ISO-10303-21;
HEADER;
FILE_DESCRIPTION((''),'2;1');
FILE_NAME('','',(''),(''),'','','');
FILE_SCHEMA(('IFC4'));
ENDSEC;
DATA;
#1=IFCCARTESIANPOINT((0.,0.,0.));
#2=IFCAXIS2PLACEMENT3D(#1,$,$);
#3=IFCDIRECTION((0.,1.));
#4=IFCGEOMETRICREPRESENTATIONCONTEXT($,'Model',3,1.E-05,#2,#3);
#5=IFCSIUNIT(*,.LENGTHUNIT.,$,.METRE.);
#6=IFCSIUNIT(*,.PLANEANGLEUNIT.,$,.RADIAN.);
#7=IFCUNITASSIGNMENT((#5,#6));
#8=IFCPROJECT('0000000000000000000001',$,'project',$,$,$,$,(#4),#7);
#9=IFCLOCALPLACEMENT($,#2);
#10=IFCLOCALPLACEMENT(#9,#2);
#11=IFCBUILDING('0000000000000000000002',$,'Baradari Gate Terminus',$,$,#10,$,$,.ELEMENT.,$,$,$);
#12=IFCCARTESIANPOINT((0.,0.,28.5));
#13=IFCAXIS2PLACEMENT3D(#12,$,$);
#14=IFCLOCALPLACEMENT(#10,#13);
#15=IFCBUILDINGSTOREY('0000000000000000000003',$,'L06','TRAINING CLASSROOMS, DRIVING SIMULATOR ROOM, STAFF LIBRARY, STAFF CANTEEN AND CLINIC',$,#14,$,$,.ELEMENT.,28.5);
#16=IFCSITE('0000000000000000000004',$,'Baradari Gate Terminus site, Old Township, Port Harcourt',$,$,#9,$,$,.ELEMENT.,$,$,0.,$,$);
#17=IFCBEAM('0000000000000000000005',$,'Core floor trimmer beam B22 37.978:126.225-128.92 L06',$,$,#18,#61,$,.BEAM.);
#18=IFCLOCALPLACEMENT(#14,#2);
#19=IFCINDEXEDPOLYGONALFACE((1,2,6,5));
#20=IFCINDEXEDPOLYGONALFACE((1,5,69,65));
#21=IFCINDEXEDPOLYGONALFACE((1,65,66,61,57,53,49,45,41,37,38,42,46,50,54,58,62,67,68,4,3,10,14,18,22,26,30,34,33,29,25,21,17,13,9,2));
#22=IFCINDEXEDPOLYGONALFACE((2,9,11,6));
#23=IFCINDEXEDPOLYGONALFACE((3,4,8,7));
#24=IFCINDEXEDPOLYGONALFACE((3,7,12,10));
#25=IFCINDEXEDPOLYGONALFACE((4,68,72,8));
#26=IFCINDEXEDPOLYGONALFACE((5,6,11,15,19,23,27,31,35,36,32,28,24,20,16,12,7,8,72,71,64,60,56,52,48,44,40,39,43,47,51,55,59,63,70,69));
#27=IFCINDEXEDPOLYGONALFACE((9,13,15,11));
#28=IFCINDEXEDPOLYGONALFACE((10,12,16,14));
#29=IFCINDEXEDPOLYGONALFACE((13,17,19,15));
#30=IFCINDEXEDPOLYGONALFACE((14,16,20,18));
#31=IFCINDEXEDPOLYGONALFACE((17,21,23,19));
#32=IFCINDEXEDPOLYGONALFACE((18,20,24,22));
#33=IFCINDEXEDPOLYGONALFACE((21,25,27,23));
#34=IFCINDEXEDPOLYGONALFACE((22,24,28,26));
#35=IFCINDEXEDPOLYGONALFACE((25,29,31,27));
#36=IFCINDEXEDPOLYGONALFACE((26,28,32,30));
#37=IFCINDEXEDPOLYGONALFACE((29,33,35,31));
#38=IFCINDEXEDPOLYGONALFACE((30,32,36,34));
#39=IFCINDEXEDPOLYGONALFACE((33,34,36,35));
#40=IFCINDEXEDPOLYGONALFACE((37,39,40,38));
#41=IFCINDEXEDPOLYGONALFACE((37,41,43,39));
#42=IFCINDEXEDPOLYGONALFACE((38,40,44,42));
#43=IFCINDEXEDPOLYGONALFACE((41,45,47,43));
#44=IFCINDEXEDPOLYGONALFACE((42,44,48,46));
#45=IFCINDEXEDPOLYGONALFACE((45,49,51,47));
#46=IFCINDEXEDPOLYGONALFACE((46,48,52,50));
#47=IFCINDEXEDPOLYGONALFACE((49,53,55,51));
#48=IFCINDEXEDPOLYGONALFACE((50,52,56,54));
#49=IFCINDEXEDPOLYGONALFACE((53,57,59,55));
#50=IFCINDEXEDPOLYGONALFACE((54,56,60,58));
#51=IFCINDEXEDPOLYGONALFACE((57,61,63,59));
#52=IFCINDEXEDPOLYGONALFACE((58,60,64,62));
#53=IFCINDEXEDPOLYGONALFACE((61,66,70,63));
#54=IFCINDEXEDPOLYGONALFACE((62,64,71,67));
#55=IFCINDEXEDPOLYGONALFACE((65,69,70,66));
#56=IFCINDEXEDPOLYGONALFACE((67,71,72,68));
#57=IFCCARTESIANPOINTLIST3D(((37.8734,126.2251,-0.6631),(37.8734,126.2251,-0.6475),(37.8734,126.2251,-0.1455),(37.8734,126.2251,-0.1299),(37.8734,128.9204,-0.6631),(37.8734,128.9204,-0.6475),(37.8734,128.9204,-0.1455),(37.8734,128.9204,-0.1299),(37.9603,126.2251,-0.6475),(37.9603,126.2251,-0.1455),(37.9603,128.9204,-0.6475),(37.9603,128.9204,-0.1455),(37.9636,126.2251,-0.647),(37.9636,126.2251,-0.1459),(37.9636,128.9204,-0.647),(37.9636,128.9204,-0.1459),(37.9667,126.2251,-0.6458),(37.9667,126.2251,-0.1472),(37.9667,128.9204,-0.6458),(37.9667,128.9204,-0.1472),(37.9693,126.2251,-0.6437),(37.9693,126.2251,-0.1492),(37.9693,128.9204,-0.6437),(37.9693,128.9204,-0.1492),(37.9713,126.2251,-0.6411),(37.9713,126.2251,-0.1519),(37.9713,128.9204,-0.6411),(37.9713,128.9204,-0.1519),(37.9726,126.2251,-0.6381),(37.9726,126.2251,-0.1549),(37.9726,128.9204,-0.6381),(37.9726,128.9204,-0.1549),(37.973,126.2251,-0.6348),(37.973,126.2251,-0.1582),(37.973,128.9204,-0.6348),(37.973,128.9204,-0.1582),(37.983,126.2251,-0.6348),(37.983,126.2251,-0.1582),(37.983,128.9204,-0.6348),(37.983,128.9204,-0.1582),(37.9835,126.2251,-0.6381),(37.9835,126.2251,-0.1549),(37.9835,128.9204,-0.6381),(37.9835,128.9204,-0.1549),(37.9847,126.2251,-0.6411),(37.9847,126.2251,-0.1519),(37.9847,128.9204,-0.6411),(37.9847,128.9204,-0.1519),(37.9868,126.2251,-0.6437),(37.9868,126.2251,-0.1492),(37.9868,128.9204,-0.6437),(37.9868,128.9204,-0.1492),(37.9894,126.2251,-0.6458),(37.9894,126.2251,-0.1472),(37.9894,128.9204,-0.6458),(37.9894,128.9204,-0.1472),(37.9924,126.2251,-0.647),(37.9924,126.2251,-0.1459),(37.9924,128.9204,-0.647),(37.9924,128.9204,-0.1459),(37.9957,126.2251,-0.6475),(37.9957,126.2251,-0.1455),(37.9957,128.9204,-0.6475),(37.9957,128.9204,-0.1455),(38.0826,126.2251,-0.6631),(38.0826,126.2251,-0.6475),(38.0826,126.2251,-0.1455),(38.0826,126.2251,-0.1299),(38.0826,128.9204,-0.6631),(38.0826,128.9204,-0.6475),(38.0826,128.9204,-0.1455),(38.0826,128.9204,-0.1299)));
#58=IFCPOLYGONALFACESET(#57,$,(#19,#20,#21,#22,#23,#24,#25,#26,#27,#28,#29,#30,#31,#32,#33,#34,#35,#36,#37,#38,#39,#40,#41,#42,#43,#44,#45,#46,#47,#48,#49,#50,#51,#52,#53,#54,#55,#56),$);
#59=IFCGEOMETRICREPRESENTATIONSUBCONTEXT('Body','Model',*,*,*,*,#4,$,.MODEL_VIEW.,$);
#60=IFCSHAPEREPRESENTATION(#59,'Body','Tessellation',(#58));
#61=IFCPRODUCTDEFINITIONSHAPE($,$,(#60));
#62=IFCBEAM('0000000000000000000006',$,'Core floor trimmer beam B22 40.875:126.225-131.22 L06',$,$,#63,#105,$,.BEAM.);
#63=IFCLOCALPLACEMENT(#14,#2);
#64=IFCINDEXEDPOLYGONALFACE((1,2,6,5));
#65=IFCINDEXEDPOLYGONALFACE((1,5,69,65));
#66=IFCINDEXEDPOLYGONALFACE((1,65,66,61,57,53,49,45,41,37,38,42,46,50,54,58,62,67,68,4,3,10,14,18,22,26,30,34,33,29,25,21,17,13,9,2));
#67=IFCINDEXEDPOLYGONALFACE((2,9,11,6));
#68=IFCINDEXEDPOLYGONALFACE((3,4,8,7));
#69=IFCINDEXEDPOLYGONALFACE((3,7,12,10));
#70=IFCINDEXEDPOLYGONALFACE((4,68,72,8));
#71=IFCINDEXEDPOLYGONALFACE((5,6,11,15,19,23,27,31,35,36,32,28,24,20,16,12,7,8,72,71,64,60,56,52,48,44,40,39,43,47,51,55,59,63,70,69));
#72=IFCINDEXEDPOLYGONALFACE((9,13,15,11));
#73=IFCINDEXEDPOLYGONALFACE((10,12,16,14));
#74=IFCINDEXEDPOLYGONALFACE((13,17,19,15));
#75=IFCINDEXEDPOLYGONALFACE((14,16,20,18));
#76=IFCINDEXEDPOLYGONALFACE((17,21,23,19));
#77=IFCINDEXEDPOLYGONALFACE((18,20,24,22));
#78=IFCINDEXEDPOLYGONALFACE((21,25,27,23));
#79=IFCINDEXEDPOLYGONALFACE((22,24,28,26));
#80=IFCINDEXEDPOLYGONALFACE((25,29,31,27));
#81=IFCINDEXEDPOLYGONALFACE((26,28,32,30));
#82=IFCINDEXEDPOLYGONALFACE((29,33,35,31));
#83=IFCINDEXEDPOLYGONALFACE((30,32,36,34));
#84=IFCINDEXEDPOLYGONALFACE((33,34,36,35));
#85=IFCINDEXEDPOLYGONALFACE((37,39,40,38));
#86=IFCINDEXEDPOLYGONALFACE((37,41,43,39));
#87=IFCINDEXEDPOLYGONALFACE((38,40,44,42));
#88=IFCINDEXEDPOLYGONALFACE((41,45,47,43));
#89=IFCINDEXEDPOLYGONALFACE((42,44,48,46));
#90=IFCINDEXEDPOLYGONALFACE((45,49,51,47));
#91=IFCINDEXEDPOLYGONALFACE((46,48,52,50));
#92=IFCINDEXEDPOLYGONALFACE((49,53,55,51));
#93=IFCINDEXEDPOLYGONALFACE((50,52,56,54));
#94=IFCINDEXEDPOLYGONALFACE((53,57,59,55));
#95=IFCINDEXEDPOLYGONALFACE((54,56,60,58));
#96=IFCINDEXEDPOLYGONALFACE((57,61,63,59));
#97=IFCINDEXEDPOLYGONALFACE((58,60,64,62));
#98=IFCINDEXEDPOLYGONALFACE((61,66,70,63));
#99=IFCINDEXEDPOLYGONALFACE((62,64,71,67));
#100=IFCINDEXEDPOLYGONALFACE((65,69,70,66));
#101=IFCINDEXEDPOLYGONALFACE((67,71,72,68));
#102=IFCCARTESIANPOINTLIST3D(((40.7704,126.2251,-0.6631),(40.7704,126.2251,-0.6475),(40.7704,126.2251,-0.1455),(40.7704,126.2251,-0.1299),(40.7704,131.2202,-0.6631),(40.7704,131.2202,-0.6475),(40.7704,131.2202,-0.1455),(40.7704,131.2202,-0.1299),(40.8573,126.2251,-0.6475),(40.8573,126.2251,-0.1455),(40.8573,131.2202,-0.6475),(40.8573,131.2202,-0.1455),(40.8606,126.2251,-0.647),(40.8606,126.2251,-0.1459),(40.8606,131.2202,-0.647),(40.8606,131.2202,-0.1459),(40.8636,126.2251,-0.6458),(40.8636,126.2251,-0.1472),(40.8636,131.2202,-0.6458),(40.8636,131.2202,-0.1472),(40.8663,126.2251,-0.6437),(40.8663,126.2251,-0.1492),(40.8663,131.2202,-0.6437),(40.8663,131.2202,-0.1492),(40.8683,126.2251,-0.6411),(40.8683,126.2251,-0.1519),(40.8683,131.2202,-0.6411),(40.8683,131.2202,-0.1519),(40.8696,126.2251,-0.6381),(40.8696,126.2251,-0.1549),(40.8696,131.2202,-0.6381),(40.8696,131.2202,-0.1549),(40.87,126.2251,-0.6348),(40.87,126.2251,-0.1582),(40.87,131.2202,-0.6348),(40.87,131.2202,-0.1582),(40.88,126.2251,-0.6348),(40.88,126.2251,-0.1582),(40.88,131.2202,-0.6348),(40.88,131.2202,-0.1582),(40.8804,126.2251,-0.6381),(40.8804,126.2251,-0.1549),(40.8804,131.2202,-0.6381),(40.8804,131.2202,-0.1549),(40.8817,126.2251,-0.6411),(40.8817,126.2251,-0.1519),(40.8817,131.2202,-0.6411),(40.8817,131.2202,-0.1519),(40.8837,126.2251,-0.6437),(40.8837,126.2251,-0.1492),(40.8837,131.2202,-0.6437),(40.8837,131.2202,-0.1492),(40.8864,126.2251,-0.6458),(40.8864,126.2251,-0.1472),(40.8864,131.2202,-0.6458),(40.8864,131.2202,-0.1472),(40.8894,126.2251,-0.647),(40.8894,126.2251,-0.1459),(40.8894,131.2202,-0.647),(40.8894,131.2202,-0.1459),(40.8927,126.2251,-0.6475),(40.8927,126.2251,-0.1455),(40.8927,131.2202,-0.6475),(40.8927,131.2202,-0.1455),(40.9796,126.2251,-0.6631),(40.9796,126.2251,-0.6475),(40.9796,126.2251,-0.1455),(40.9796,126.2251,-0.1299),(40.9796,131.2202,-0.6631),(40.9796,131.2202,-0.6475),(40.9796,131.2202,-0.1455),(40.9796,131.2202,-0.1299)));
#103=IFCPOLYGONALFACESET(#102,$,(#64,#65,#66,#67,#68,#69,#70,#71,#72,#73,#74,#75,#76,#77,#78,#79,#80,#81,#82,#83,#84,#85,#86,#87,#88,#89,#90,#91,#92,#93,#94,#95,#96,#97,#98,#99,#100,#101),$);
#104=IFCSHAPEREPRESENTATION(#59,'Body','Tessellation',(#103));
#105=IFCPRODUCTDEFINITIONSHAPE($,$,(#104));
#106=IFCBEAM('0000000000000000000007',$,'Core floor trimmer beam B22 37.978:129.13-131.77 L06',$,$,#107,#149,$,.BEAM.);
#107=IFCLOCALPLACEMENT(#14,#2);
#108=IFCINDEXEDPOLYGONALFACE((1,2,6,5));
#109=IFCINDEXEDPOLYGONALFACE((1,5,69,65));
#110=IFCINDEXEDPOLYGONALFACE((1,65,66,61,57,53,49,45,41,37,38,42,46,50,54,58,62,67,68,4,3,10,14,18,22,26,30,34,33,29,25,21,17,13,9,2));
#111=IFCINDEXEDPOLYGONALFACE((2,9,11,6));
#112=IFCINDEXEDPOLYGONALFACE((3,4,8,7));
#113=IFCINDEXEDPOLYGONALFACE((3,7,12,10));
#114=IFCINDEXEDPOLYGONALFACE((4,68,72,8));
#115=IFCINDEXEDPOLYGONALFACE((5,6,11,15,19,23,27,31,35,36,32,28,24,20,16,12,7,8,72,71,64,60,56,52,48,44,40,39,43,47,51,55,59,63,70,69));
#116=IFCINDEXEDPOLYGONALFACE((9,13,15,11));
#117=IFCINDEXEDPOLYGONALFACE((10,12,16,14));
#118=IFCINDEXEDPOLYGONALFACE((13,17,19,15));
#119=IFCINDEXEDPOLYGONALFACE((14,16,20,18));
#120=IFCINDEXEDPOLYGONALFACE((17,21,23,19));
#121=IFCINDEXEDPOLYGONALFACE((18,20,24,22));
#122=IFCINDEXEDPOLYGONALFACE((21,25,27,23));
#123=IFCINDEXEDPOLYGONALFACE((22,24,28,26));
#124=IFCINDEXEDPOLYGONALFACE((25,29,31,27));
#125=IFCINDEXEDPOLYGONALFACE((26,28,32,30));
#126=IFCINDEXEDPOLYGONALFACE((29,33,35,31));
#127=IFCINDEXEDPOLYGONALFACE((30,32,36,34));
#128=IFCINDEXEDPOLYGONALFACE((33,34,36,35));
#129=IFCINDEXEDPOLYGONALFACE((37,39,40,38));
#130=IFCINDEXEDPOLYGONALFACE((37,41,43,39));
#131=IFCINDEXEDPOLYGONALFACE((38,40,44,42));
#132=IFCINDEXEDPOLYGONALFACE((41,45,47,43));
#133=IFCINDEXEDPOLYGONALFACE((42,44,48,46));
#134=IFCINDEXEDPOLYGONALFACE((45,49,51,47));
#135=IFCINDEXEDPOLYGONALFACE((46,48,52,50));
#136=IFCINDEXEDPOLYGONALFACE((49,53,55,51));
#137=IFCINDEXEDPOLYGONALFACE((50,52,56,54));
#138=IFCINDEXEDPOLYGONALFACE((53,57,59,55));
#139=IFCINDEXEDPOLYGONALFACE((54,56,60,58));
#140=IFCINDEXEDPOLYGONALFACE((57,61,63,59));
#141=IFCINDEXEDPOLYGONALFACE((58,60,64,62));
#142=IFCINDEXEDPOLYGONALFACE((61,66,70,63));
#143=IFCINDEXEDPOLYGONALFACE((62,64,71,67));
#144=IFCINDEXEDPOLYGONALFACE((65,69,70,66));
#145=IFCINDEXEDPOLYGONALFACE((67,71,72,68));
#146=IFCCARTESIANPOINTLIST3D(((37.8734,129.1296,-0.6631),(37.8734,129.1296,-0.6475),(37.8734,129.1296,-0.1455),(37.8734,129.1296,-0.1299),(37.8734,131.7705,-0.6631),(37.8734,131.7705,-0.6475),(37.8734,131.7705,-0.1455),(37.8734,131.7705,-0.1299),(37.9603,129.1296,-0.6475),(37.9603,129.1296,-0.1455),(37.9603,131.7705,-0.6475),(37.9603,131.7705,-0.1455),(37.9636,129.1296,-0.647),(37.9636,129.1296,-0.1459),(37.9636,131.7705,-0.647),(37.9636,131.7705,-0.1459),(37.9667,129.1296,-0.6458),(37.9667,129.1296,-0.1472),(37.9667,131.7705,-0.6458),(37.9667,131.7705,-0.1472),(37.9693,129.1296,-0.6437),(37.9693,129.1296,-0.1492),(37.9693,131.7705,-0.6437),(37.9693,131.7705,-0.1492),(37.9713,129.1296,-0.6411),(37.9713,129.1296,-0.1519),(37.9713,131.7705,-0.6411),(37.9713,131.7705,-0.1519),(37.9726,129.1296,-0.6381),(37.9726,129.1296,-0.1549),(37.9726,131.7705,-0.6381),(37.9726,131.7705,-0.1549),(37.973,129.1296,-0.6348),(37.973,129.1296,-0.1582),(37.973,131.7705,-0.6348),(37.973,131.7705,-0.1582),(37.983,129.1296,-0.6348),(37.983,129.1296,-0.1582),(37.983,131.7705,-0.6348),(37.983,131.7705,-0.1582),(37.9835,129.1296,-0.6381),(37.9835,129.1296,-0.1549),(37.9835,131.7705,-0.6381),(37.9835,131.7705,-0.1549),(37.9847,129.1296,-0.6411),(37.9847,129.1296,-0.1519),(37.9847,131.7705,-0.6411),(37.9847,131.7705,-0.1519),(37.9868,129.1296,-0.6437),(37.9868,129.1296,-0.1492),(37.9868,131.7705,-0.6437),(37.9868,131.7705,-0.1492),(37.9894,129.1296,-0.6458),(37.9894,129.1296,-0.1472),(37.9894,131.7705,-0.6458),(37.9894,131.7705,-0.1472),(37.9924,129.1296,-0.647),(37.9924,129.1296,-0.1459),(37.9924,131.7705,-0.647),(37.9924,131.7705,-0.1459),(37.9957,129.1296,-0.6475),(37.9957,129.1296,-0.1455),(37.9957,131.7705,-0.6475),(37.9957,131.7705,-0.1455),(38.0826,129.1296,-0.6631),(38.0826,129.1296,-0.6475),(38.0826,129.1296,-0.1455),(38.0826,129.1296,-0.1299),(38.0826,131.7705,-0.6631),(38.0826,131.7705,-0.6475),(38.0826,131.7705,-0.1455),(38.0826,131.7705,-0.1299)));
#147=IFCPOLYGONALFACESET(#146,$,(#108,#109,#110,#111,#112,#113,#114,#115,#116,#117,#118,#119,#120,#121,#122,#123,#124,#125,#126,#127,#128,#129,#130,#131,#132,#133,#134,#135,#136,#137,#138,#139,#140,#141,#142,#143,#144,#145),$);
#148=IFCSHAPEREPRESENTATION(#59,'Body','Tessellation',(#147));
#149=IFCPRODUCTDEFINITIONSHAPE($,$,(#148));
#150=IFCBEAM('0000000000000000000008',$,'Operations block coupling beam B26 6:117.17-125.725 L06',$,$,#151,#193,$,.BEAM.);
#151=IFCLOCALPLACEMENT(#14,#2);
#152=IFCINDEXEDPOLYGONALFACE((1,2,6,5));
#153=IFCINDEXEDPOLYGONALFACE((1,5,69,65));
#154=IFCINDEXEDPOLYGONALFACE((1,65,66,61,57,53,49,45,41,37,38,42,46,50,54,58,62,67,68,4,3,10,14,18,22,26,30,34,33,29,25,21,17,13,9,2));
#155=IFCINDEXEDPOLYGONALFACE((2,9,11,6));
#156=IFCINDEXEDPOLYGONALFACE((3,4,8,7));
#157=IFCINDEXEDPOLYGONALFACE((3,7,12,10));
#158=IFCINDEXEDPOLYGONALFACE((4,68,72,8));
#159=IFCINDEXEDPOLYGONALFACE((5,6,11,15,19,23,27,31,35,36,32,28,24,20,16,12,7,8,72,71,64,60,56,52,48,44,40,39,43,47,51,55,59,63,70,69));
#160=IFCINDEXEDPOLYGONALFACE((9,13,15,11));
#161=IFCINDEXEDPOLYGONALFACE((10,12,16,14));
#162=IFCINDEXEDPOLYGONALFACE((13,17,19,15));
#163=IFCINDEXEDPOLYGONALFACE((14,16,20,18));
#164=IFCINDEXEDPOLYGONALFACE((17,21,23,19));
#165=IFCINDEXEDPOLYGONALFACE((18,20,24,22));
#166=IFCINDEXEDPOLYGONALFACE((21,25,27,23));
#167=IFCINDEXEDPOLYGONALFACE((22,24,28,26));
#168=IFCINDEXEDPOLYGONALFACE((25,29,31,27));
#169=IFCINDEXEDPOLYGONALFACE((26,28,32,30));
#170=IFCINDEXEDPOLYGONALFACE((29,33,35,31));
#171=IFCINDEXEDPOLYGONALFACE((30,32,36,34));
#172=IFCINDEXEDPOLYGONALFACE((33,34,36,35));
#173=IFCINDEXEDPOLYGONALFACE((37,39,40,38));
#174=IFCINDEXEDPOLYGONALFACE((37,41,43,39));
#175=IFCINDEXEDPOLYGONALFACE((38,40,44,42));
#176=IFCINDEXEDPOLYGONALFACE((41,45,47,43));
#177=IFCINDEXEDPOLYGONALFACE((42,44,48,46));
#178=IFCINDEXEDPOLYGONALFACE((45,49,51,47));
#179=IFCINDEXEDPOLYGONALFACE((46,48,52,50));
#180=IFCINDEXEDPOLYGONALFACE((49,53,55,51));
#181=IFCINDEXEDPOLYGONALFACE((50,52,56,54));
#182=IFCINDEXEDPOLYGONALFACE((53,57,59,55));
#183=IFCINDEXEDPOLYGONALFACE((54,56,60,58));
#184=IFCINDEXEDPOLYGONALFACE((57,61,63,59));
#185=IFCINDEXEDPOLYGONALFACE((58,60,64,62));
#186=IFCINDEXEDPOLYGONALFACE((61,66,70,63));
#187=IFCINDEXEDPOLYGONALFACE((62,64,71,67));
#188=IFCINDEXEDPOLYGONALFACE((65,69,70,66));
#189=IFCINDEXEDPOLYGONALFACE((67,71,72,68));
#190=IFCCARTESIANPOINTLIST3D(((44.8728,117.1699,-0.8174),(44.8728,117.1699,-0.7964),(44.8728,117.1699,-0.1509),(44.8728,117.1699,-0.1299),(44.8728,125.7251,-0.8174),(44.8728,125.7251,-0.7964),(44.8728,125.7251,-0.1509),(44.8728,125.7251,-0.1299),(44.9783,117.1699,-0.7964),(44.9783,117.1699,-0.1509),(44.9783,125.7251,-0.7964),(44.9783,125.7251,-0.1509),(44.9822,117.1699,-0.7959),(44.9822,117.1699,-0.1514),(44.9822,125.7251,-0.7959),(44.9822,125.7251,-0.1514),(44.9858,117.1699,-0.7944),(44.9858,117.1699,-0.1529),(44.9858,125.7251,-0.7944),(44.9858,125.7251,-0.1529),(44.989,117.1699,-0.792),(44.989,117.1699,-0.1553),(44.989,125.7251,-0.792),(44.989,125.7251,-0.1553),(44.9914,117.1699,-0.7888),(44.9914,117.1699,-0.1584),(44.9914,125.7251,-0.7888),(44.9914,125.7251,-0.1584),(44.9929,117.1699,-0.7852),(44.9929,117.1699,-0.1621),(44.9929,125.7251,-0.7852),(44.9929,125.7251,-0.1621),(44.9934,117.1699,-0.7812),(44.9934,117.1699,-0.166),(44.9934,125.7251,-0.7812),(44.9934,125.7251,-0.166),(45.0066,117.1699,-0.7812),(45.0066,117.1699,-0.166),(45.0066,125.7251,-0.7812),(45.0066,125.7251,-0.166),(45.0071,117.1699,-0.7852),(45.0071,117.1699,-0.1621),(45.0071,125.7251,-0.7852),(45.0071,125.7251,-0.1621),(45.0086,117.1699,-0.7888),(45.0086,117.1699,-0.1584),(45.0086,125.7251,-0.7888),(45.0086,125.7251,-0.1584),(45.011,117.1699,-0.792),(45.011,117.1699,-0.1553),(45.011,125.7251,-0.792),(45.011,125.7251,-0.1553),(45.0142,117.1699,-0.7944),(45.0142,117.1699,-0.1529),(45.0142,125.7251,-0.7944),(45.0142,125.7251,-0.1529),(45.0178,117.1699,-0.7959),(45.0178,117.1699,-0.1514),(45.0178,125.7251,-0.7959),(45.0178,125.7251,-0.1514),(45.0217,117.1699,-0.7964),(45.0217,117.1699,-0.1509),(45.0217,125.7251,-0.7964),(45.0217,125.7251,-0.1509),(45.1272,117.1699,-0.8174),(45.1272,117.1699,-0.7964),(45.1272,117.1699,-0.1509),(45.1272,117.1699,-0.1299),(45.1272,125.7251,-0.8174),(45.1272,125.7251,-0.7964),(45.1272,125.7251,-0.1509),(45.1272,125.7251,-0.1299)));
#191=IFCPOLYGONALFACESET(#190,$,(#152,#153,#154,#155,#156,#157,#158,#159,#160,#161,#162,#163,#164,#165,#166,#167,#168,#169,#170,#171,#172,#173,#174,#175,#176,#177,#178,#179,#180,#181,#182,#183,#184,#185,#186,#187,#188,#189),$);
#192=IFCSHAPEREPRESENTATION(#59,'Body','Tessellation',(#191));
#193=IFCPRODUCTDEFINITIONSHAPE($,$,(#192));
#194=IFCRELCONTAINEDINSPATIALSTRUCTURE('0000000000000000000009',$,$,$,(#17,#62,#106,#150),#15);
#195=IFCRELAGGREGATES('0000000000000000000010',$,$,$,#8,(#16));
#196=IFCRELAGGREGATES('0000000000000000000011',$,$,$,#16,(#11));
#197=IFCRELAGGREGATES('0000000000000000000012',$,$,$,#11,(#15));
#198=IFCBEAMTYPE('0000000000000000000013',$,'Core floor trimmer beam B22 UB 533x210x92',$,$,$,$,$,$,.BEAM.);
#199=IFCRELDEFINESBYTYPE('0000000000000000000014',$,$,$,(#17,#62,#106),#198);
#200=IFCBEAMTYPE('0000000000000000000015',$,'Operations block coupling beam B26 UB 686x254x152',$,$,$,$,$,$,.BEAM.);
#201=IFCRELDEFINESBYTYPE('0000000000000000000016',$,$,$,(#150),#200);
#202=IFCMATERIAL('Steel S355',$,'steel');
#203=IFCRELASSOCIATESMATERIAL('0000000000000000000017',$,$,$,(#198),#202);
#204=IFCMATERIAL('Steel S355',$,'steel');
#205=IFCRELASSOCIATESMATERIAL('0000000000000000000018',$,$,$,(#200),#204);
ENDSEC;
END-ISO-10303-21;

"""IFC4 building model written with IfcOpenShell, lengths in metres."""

from ifc_helpers import new_model, si_unit, direction, frame, origin, origin_2d, place, context, subcontext, project, spatial, i_section, extrude, material, material_profile, profile_set, type_object, element, save


model = new_model("IFC4")

# Units and contexts
model_context = context("Model", 3, precision=1e-05, world=origin(), true_north=direction((0.0, 1.0)))
body_context = subcontext(model_context, "Body", "Model", "MODEL_VIEW")
ifc_project = project(units=[si_unit("LENGTHUNIT", "METRE"), si_unit("PLANEANGLEUNIT", "RADIAN")], contexts=[model_context])

# Site, building, storey
site_placement = place(None, origin())
site = spatial("IfcSite", under=ifc_project, at=site_placement, Name="Baradari Gate Terminus site, Old Township, Port Harcourt", CompositionType="ELEMENT", RefElevation=0.0)
building_placement = place(site_placement, origin())
building = spatial("IfcBuilding", under=site, at=building_placement, Name="Baradari Gate Terminus", CompositionType="ELEMENT")
storey_placement = place(building_placement, frame((0.0, 0.0, 28.5)))
storey = spatial("IfcBuildingStorey", under=building, at=storey_placement, Name="L06", Description="TRAINING CLASSROOMS, DRIVING SIMULATOR ROOM, STAFF LIBRARY, STAFF CANTEEN AND CLINIC", CompositionType="ELEMENT", Elevation=28.5)

# Beams
ifc_material_1 = material(Name="Steel S355", Category="steel")
ifc_material_profile_1 = material_profile(ifc_material_1, i_section(OverallWidth=0.2092, OverallDepth=0.5332, WebThickness=0.01, FlangeThickness=0.0156, FilletRadius=0.0127, at=origin_2d()), Name="UB 533x210x92")
ifc_profile_set_1 = profile_set([ifc_material_profile_1], Name="Steel S355")
beam_type_1 = type_object("IfcBeamType", Name="Core floor trimmer beam B22 UB 533x210x92", PredefinedType="BEAM", material=ifc_profile_set_1)
beam_1_placement = place(storey_placement, frame((37.978, 126.2251, -0.3965), z_axis=(0.0, 1.0, 0.0), x_axis=(-1.0, 0.0, 0.0)))
element("IfcBeam", 1, at=beam_1_placement, inside=storey, type_object=beam_type_1, Name="Core floor trimmer beam B22 37.978:126.225-128.92 L06", PredefinedType="BEAM", context=body_context, shape_type="SweptSolid", body=[
    extrude(i_section(OverallWidth=0.2092, OverallDepth=0.5332, WebThickness=0.01, FlangeThickness=0.0156, FilletRadius=0.0127, at=origin_2d()), origin(), (0.0, 0.0, 1.0), 2.6953),
])
beam_2_placement = place(storey_placement, frame((40.875, 126.2251, -0.3965), z_axis=(0.0, 1.0, 0.0), x_axis=(-1.0, 0.0, 0.0)))
element("IfcBeam", 2, at=beam_2_placement, inside=storey, type_object=beam_type_1, Name="Core floor trimmer beam B22 40.875:126.225-131.22 L06", PredefinedType="BEAM", context=body_context, shape_type="SweptSolid", body=[
    extrude(i_section(OverallWidth=0.2092, OverallDepth=0.5332, WebThickness=0.01, FlangeThickness=0.0156, FilletRadius=0.0127, at=origin_2d()), origin(), (0.0, 0.0, 1.0), 4.9951),
])
beam_3_placement = place(storey_placement, frame((37.978, 129.1296, -0.3965), z_axis=(0.0, 1.0, 0.0), x_axis=(-1.0, 0.0, 0.0)))
element("IfcBeam", 3, at=beam_3_placement, inside=storey, type_object=beam_type_1, Name="Core floor trimmer beam B22 37.978:129.13-131.77 L06", PredefinedType="BEAM", context=body_context, shape_type="SweptSolid", body=[
    extrude(i_section(OverallWidth=0.2092, OverallDepth=0.5332, WebThickness=0.01, FlangeThickness=0.0156, FilletRadius=0.0127, at=origin_2d()), origin(), (0.0, 0.0, 1.0), 2.6409),
])
ifc_material_2 = material(Name="Steel S355", Category="steel")
ifc_material_profile_2 = material_profile(ifc_material_2, i_section(OverallWidth=0.2544, OverallDepth=0.6875, WebThickness=0.0132, FlangeThickness=0.021, FilletRadius=0.0151, at=origin_2d()), Name="UB 686x254x152")
ifc_profile_set_2 = profile_set([ifc_material_profile_2], Name="Steel S355")
beam_type_2 = type_object("IfcBeamType", Name="Operations block coupling beam B26 UB 686x254x152", PredefinedType="BEAM", material=ifc_profile_set_2)
beam_4_placement = place(storey_placement, frame((45.0, 117.1699, -0.4736), z_axis=(0.0, 1.0, 0.0), x_axis=(-1.0, 0.0, 0.0)))
element("IfcBeam", 4, at=beam_4_placement, inside=storey, type_object=beam_type_2, Name="Operations block coupling beam B26 6:117.17-125.725 L06", PredefinedType="BEAM", context=body_context, shape_type="SweptSolid", body=[
    extrude(i_section(OverallWidth=0.2544, OverallDepth=0.6875, WebThickness=0.0132, FlangeThickness=0.021, FilletRadius=0.0151, at=origin_2d()), origin(), (0.0, 0.0, 1.0), 8.5552),
])

save(model, "model.ifc")
